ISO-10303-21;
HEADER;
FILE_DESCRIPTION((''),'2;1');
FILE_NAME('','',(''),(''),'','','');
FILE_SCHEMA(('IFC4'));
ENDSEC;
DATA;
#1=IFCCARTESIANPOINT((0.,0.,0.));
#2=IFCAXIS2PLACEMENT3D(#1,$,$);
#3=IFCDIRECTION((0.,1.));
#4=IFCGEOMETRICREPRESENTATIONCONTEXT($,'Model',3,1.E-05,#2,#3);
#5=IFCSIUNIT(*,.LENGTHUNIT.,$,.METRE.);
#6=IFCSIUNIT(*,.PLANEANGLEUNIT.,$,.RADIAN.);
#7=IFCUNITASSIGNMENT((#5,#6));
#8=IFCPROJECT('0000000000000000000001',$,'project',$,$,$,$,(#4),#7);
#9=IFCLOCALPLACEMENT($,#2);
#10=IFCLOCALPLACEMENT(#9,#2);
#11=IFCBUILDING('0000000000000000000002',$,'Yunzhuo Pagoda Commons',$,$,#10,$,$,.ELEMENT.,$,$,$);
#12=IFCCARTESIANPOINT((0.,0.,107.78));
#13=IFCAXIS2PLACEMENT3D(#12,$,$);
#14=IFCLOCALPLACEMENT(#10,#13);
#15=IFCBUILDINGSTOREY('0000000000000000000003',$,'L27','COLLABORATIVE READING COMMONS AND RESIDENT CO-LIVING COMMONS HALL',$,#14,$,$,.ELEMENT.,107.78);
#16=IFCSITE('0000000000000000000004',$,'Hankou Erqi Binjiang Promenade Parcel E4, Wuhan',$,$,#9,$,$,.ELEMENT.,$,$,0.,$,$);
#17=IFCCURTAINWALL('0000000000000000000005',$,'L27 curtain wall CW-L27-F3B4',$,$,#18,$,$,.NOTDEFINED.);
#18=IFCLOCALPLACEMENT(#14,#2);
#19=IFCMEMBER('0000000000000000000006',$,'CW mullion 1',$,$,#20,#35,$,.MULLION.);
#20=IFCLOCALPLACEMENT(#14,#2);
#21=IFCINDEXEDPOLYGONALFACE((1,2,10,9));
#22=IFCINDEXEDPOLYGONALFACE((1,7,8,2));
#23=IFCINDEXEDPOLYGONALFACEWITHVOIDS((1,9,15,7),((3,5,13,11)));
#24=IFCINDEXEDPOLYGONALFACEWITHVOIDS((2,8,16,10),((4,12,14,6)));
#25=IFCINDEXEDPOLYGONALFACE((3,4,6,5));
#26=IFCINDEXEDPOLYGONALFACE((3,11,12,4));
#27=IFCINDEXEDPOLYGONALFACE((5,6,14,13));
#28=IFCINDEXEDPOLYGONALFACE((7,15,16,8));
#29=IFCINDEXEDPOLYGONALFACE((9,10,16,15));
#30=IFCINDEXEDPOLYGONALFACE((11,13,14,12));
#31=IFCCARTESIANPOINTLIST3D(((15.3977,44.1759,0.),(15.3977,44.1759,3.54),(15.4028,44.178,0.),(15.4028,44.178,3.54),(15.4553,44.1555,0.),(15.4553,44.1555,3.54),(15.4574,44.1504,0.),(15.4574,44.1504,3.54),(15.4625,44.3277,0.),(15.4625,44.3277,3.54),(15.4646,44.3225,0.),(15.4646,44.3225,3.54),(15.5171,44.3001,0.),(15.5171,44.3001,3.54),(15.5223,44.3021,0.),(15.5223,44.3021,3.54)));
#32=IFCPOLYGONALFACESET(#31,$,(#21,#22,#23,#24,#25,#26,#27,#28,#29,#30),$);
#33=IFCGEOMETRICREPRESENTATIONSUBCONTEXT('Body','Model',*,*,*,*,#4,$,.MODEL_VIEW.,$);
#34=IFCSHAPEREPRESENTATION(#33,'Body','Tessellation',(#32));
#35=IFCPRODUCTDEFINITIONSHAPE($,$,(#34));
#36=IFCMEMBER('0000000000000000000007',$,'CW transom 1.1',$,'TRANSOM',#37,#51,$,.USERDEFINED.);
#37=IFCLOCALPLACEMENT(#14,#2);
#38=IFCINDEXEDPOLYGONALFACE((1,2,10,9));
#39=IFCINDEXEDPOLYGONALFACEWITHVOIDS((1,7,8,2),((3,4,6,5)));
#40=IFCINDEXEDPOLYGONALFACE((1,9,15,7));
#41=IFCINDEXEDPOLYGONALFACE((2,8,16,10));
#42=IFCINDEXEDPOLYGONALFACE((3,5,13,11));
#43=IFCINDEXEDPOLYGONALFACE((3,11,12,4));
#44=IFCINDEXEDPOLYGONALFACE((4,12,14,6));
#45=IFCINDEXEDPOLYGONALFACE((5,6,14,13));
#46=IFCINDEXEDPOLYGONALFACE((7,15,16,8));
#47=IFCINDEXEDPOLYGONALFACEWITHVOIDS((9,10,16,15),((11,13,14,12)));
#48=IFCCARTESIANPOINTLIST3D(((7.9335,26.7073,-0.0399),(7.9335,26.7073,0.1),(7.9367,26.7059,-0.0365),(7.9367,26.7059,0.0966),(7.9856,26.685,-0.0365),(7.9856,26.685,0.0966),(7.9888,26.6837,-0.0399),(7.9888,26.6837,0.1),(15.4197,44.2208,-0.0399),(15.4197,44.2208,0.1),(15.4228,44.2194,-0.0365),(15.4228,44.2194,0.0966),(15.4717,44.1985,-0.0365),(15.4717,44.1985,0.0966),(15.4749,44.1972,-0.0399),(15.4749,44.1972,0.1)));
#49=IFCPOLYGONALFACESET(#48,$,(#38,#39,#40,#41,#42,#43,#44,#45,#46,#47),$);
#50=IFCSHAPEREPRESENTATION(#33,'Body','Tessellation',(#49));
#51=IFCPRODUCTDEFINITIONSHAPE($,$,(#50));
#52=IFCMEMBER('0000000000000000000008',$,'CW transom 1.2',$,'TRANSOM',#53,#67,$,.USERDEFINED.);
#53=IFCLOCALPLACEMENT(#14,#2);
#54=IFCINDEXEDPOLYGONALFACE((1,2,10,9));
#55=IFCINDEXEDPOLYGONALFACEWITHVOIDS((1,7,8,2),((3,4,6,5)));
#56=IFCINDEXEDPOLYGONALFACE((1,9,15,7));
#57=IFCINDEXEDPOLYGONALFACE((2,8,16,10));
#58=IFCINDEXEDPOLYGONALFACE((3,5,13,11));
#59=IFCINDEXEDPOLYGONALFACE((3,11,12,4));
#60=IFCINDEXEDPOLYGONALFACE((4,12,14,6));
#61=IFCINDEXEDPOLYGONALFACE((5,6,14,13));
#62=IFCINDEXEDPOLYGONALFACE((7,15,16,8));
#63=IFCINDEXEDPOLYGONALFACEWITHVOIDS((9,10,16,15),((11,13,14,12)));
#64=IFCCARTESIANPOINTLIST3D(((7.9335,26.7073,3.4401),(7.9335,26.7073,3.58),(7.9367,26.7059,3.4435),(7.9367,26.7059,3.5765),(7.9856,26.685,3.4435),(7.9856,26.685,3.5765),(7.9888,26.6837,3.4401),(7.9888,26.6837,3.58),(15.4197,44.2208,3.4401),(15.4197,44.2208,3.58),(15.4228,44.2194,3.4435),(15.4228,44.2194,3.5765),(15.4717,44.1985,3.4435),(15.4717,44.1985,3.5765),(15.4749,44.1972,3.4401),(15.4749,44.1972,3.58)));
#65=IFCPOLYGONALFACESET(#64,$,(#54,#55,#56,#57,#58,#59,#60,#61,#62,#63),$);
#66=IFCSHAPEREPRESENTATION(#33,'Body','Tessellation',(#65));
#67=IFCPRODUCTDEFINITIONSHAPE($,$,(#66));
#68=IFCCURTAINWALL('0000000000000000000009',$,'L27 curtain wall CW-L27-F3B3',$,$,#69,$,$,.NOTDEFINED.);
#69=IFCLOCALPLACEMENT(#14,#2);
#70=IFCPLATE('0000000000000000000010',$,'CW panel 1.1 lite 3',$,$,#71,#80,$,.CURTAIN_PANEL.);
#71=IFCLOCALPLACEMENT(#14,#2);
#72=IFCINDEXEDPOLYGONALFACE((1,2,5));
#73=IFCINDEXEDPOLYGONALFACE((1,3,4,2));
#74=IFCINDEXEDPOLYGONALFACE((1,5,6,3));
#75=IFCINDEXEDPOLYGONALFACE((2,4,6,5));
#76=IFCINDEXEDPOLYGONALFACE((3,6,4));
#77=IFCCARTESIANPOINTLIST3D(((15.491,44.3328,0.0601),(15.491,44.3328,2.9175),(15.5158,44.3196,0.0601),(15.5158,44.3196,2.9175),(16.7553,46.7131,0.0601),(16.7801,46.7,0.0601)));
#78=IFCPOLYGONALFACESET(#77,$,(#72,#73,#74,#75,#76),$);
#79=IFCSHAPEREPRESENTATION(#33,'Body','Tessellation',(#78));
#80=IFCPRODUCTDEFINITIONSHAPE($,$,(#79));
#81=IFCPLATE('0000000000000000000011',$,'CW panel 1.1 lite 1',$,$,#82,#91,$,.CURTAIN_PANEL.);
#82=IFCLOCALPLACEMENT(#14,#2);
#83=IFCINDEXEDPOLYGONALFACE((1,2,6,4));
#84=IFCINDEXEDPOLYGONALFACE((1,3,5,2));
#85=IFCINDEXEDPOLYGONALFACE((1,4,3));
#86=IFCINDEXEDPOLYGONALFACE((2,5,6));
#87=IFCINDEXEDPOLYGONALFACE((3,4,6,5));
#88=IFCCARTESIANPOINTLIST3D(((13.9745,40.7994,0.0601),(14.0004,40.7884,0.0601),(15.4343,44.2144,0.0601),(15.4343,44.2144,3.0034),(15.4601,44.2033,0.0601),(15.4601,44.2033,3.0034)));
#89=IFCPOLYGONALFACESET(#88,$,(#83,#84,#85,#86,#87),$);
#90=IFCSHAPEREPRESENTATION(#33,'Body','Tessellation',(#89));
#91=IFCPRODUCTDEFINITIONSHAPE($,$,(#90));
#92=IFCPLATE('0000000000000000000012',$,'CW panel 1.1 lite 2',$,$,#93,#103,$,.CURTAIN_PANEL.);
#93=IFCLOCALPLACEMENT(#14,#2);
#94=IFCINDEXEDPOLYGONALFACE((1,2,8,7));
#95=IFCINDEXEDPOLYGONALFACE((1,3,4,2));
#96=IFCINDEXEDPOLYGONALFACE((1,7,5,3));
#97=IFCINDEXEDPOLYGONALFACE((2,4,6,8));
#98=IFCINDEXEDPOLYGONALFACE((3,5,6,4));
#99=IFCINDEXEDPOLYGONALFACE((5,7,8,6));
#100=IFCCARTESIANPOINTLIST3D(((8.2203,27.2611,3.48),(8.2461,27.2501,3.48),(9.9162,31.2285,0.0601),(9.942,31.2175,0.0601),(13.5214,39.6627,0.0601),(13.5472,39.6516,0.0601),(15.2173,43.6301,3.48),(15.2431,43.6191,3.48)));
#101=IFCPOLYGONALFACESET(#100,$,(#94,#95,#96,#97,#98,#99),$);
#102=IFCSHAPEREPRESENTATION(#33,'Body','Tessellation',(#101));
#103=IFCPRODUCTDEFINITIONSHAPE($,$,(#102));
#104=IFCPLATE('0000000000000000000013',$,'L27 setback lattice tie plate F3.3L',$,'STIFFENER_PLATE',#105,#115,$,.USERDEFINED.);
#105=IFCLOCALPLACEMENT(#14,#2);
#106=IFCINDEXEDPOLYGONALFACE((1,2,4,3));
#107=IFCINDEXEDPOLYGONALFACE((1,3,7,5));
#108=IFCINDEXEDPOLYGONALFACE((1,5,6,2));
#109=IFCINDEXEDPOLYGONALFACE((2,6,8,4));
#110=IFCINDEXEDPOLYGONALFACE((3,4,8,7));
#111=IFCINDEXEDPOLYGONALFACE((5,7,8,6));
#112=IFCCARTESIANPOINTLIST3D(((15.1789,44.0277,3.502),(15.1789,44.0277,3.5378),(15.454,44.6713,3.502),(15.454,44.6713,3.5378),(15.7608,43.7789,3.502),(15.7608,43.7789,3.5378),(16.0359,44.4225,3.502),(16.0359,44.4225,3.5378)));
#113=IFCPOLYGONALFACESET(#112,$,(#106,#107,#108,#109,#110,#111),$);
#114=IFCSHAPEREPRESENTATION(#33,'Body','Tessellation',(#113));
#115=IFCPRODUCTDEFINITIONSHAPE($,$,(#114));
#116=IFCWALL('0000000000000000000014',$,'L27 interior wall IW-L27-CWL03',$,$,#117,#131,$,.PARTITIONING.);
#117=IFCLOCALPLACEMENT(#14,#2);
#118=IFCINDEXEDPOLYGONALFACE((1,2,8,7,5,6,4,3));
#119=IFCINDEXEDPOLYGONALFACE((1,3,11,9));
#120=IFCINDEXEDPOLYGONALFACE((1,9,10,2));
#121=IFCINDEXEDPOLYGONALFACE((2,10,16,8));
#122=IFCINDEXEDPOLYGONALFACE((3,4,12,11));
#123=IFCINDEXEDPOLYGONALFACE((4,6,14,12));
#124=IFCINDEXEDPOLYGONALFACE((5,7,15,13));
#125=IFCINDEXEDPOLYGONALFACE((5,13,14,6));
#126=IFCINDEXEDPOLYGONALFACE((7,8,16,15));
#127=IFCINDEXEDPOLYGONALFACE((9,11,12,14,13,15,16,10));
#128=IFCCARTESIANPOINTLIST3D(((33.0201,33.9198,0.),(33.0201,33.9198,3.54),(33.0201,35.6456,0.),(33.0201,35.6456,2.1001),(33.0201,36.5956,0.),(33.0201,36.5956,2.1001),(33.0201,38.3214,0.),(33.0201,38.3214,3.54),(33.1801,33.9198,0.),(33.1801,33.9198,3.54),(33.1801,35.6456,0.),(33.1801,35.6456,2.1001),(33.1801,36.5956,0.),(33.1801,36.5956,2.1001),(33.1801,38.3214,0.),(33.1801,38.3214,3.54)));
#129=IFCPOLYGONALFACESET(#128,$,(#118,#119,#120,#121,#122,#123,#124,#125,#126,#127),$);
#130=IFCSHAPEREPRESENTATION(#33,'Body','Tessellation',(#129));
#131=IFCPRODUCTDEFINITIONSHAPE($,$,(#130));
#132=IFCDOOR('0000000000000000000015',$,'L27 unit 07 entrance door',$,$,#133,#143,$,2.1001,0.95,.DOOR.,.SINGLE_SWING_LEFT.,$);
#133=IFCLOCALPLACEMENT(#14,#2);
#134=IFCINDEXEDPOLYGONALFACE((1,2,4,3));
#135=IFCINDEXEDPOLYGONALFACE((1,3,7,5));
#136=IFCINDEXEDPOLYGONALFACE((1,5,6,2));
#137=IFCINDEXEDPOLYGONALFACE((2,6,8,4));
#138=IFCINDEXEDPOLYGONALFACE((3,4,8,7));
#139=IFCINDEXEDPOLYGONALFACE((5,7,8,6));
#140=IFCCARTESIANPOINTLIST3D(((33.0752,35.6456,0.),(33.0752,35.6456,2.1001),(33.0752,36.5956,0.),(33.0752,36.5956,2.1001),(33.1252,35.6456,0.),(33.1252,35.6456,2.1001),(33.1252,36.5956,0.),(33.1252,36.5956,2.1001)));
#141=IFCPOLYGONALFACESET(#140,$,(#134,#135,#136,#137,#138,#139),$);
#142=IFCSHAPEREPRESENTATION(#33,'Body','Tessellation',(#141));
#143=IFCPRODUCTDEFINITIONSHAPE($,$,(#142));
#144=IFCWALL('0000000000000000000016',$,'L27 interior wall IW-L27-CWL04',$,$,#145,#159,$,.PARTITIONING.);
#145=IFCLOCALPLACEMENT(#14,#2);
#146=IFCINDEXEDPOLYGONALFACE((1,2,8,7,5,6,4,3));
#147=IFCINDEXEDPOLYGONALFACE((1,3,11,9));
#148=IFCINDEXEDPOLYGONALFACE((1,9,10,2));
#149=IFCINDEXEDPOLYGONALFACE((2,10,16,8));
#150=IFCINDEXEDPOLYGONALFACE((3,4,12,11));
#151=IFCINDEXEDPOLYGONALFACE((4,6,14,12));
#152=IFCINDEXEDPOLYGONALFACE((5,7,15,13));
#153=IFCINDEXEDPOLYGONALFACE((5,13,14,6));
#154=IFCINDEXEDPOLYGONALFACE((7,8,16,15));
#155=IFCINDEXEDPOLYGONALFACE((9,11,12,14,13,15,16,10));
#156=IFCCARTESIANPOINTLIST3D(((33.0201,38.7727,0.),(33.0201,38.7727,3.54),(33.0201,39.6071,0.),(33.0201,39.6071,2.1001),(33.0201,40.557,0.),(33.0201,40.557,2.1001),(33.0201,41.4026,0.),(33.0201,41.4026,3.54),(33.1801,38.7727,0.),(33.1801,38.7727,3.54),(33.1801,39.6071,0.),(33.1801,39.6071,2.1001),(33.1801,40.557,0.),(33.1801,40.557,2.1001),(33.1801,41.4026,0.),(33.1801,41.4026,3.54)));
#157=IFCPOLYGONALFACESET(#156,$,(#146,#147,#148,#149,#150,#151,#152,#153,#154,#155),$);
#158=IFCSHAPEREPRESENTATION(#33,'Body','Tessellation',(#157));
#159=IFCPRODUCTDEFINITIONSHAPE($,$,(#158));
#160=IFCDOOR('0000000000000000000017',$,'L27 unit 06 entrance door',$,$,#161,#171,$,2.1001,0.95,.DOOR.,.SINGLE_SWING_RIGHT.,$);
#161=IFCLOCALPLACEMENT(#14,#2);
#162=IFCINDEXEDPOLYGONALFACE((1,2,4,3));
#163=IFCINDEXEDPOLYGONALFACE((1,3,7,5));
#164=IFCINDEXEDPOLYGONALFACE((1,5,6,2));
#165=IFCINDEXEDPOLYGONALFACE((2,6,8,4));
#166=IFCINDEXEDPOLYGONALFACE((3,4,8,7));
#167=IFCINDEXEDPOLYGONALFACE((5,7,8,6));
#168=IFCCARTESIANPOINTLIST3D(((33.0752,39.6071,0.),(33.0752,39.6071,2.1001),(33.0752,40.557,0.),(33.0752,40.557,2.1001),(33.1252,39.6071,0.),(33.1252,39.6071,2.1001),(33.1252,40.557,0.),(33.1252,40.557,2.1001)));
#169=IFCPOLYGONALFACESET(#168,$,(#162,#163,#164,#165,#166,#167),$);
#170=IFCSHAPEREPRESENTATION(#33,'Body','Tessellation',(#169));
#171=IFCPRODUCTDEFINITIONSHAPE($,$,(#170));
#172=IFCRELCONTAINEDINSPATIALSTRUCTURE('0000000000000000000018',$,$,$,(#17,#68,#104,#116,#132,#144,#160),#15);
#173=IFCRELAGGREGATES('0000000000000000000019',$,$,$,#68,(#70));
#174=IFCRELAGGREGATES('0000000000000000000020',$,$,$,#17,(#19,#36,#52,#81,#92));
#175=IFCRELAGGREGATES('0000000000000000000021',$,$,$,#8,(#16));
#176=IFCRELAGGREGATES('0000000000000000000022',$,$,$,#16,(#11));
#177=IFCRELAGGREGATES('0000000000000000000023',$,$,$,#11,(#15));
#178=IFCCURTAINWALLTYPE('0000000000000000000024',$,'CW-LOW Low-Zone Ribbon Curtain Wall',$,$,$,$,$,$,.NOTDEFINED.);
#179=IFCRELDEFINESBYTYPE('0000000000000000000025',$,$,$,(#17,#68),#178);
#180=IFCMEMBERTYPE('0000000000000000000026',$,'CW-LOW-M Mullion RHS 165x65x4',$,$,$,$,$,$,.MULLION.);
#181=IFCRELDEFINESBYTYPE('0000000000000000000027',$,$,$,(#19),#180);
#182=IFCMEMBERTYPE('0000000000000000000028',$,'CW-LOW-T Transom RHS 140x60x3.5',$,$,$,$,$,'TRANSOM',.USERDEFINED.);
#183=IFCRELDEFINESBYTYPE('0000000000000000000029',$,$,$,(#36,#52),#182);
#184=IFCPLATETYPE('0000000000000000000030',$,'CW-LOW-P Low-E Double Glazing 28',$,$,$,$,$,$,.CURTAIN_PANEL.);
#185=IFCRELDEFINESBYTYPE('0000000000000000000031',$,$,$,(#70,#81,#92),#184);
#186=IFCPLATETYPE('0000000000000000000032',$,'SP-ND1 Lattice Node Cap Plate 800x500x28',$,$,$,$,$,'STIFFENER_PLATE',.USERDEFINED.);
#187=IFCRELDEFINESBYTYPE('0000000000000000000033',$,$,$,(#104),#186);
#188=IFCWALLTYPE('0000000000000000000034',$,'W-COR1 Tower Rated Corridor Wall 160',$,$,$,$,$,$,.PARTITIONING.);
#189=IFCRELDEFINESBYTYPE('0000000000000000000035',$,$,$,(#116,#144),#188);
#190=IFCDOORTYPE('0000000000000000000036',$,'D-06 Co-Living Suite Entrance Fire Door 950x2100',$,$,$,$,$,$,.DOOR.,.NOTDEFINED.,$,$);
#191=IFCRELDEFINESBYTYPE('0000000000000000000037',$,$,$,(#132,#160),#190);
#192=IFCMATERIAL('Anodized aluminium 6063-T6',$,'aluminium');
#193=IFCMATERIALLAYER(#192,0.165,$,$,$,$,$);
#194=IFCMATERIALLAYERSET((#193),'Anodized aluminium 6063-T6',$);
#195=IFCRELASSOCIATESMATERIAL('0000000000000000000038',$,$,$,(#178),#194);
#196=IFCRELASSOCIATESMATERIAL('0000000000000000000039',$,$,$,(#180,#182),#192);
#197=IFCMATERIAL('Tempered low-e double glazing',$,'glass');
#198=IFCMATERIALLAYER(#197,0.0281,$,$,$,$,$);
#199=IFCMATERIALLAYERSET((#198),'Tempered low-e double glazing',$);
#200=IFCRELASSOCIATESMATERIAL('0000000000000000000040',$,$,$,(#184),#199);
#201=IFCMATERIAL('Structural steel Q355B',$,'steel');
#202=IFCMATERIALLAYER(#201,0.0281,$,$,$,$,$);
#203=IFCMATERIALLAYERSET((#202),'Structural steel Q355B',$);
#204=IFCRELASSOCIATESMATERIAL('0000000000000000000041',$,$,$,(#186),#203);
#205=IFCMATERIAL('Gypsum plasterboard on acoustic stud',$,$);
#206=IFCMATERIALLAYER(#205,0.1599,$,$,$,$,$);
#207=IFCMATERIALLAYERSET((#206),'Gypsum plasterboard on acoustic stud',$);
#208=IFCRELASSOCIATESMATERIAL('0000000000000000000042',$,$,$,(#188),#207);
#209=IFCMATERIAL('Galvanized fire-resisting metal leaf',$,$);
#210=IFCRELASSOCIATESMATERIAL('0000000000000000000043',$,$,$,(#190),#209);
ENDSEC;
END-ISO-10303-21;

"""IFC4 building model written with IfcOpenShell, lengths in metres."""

from ifc_helpers import new_model, si_unit, direction, frame, frame_2d, origin, origin_with_axes, origin_2d, place, context, subcontext, project, spatial, polyline, rectangle, hollow_rectangle, outline, extrude, source, transform, mapped, material, layer, layer_set, material_profile, profile_set, type_object, element, fill, aggregate, save


model = new_model("IFC4")

# Units and contexts
model_context = context("Model", 3, precision=1e-05, world=origin(), true_north=direction((0.0, 1.0)))
body_context = subcontext(model_context, "Body", "Model", "MODEL_VIEW")
ifc_project = project(units=[si_unit("LENGTHUNIT", "METRE"), si_unit("PLANEANGLEUNIT", "RADIAN")], contexts=[model_context])

# Site, building, storey
site_placement = place(None, origin())
site = spatial("IfcSite", under=ifc_project, at=site_placement, Name="Hankou Erqi Binjiang Promenade Parcel E4, Wuhan", CompositionType="ELEMENT", RefElevation=0.0)
building_placement = place(site_placement, origin())
building = spatial("IfcBuilding", under=site, at=building_placement, Name="Yunzhuo Pagoda Commons", CompositionType="ELEMENT")
storey_placement = place(building_placement, frame((0.0, 0.0, 107.78)))
storey = spatial("IfcBuildingStorey", under=building, at=storey_placement, Name="L27", Description="COLLABORATIVE READING COMMONS AND RESIDENT CO-LIVING COMMONS HALL", CompositionType="ELEMENT", Elevation=107.78)

# Shared definitions
ifc_material_1 = material(Name="Structural steel Q355B", Category="steel")

# Curtain wall, members
ifc_material_2 = material(Name="Anodized aluminium 6063-T6", Category="aluminium")
ifc_layer_1 = layer(ifc_material_2, 0.165)
ifc_layer_set_1 = layer_set([ifc_layer_1], Name="Anodized aluminium 6063-T6")
curtain_wall_type = type_object("IfcCurtainWallType", Name="CW-LOW Low-Zone Ribbon Curtain Wall", PredefinedType="NOTDEFINED", material=ifc_layer_set_1)
curtain_wall_1_placement = place(storey_placement, origin())
curtain_wall_1 = element("IfcCurtainWall", 1, at=curtain_wall_1_placement, inside=storey, type_object=curtain_wall_type, Name="L27 curtain wall CW-L27-F3B4", PredefinedType="NOTDEFINED")
ifc_material_profile_1 = material_profile(ifc_material_2, hollow_rectangle(XDim=0.0649, YDim=0.165, WallThickness=0.0039, at=origin_2d()), Name="Anodized aluminium 6063-T6")
ifc_profile_set_1 = profile_set([ifc_material_profile_1], Name="Anodized aluminium 6063-T6")
member_type_1 = type_object("IfcMemberType", Name="CW-LOW-M Mullion RHS 165x65x4", PredefinedType="MULLION", material=ifc_profile_set_1)
shared_shape_1 = source(origin(), body_context, "Body", "SweptSolid", [
    extrude(hollow_rectangle(XDim=0.0649, YDim=0.165, WallThickness=0.0039, at=origin_2d()), origin(), (0.0, 0.0, 1.0), 3.54),
])
member_1_placement = place(storey_placement, frame((15.46, 44.239, 0.0), z_axis=(0.0, 0.0, 1.0), x_axis=(0.919516, -0.393052, 0.0)))
member_1 = element("IfcMember", 2, at=member_1_placement, type_object=member_type_1, Name="CW mullion 1", PredefinedType="MULLION", context=body_context, shape_type="MappedRepresentation", body=[
    mapped(shared_shape_1, transform((0.0, 0.0, 0.0), scale=1.0)),
])
ifc_material_profile_2 = material_profile(ifc_material_2, hollow_rectangle(XDim=0.0601, YDim=0.1399, WallThickness=0.0034, at=origin_2d()), Name="Anodized aluminium 6063-T6")
ifc_profile_set_2 = profile_set([ifc_material_profile_2], Name="Anodized aluminium 6063-T6")
member_type_2 = type_object("IfcMemberType", Name="CW-LOW-T Transom RHS 140x60x3.5", ElementType="TRANSOM", PredefinedType="USERDEFINED", material=ifc_profile_set_2)
shared_shape_2 = source(origin(), body_context, "Body", "SweptSolid", [
    extrude(hollow_rectangle(XDim=0.0601, YDim=0.1399, WallThickness=0.0034, at=origin_2d()), origin(), (0.0, 0.0, 1.0), 19.0464),
])
member_2_placement = place(storey_placement, frame((15.4473, 44.209, 0.03), z_axis=(-0.393047, -0.919519, 0.0), x_axis=(0.919519, -0.393047, 0.0)))
member_2 = element("IfcMember", 3, at=member_2_placement, type_object=member_type_2, Name="CW transom 1.1", ObjectType="TRANSOM", PredefinedType="USERDEFINED", context=body_context, shape_type="MappedRepresentation", body=[
    mapped(shared_shape_2, transform((0.0, 0.0, 0.0), scale=1.0)),
])
member_3_placement = place(storey_placement, frame((15.4473, 44.209, 3.51), z_axis=(-0.393047, -0.919519, 0.0), x_axis=(0.919519, -0.393047, 0.0)))
member_3 = element("IfcMember", 4, at=member_3_placement, type_object=member_type_2, Name="CW transom 1.2", ObjectType="TRANSOM", PredefinedType="USERDEFINED", context=body_context, shape_type="MappedRepresentation", body=[
    mapped(shared_shape_2, transform((0.0, 0.0, 0.0), scale=1.0)),
])

# Curtain wall, plate
curtain_wall_2_placement = place(storey_placement, origin())
curtain_wall_2 = element("IfcCurtainWall", 5, at=curtain_wall_2_placement, inside=storey, type_object=curtain_wall_type, Name="L27 curtain wall CW-L27-F3B3", PredefinedType="NOTDEFINED")
ifc_material_3 = material(Name="Tempered low-e double glazing", Category="glass")
ifc_layer_2 = layer(ifc_material_3, 0.0281)
ifc_layer_set_2 = layer_set([ifc_layer_2], Name="Tempered low-e double glazing")
plate_type_1 = type_object("IfcPlateType", Name="CW-LOW-P Low-E Double Glazing 28", PredefinedType="CURTAIN_PANEL", material=ifc_layer_set_2)
plate_1_placement = place(storey_placement, frame((16.1479, 45.5098, 1.4888), z_axis=(-0.883152, 0.469086, 0.0), x_axis=(-0.469086, -0.883152, 0.0)))
plate_1 = element("IfcPlate", 6, at=plate_1_placement, type_object=plate_type_1, Name="CW panel 1.1 lite 3", PredefinedType="CURTAIN_PANEL", context=body_context, shape_type="SweptSolid", body=[
    extrude(outline(polyline([(-1.3477, -1.4287), (1.3477, -1.4287), (1.3477, 1.4287), (-1.3477, -1.4287)])), origin(), (0.0, 0.0, 1.0), 0.0281),
])
aggregate(curtain_wall_2, [plate_1])

# Plates
plate_2_placement = place(storey_placement, frame((14.7302, 42.4958, 1.5317), z_axis=(-0.919516, 0.393052, 0.0), x_axis=(-0.393052, -0.919516, 0.0)))
plate_2 = element("IfcPlate", 7, at=plate_2_placement, type_object=plate_type_1, Name="CW panel 1.1 lite 1", PredefinedType="CURTAIN_PANEL", context=body_context, shape_type="SweptSolid", body=[
    extrude(outline(polyline([(-1.8569, -1.4717), (1.8569, -1.4717), (-1.8569, 1.4717), (-1.8569, -1.4717)])), origin(), (0.0, 0.0, 1.0), 0.0281),
])
plate_3_placement = place(storey_placement, frame((11.7446, 35.4346, 1.77), z_axis=(-0.919516, 0.393052, 0.0), x_axis=(-0.393052, -0.919516, 0.0)))
plate_3 = element("IfcPlate", 8, at=plate_3_placement, type_object=plate_type_1, Name="CW panel 1.1 lite 2", PredefinedType="CURTAIN_PANEL", context=body_context, shape_type="SweptSolid", body=[
    extrude(outline(polyline([(-8.9009, 1.71), (-4.5862, -1.71), (4.5862, -1.71), (8.9009, 1.71), (-8.9009, 1.71)])), origin(), (0.0, 0.0, 1.0), 0.0281),
])
aggregate(curtain_wall_1, [member_1, member_2, member_3, plate_2, plate_3])
ifc_layer_3 = layer(ifc_material_1, 0.0281)
ifc_layer_set_3 = layer_set([ifc_layer_3], Name="Structural steel Q355B")
plate_type_2 = type_object("IfcPlateType", Name="SP-ND1 Lattice Node Cap Plate 800x500x28", ElementType="STIFFENER_PLATE", PredefinedType="USERDEFINED", material=ifc_layer_set_3)
shared_shape_3 = source(origin(), body_context, "Body", "SweptSolid", [
    extrude(rectangle(XDim=0.7, YDim=0.6328, at=origin_2d()), origin(), (0.0, 0.0, 1.0), 0.0359),
])
plate_4_placement = place(storey_placement, frame((15.6074, 44.2251, 3.502), z_axis=(0.0, 0.0, 1.0), x_axis=(-0.393059, -0.919513, 0.0)))
element("IfcPlate", 9, at=plate_4_placement, inside=storey, type_object=plate_type_2, Name="L27 setback lattice tie plate F3.3L", ObjectType="STIFFENER_PLATE", PredefinedType="USERDEFINED", context=body_context, shape_type="MappedRepresentation", body=[
    mapped(shared_shape_3, transform((0.0, 0.0, 0.0), scale=1.0)),
])

# Walls, openings, doors
ifc_material_4 = material(Name="Gypsum plasterboard on acoustic stud")
ifc_layer_4 = layer(ifc_material_4, 0.1599)
ifc_layer_set_4 = layer_set([ifc_layer_4], Name="Gypsum plasterboard on acoustic stud")
wall_type_1 = type_object("IfcWallType", Name="W-COR1 Tower Rated Corridor Wall 160", PredefinedType="PARTITIONING", material=ifc_layer_set_4)
wall_1_placement = place(storey_placement, frame((33.1001, 33.9199, 0.0), z_axis=(0.0, 0.0, 1.0), x_axis=(0.0, 1.0, 0.0)))
wall_1 = element("IfcWall", 10, at=wall_1_placement, inside=storey, type_object=wall_type_1, Name="L27 interior wall IW-L27-CWL03", PredefinedType="PARTITIONING", context=body_context, shape_type="SweptSolid", body=[
    extrude(rectangle(XDim=4.4016, YDim=0.1599, at=frame_2d((2.2007, 0.0))), origin(), (0.0, 0.0, 1.0), 3.54),
])
opening_1_placement = place(wall_1_placement, frame((1.7256, 0.0, 0.0)))
opening_1 = element("IfcOpeningElement", 11, at=opening_1_placement, cuts=wall_1, PredefinedType="OPENING", context=body_context, shape_type="SweptSolid", body=[
    extrude(rectangle(XDim=0.95, YDim=2.1001, at=frame_2d((0.4751, 1.05))), frame((0.0, 0.0898, 0.0), z_axis=(0.0, -1.0, 0.0), x_axis=(1.0, 0.0, 0.0)), (0.0, 0.0, 1.0), 0.1799),
])
ifc_material_5 = material(Name="Galvanized fire-resisting metal leaf")
door_type = type_object("IfcDoorType", Name="D-06 Co-Living Suite Entrance Fire Door 950x2100", OperationType="NOTDEFINED", PredefinedType="DOOR", material=ifc_material_5)
shared_shape_4 = source(origin(), body_context, "Body", "SweptSolid", [
    extrude(rectangle(XDim=0.95, YDim=2.1001, at=frame_2d((0.4751, 1.05))), frame((0.0, 0.0249, 0.0), z_axis=(0.0, -1.0, 0.0), x_axis=(1.0, 0.0, 0.0)), (0.0, 0.0, 1.0), 0.05),
])
door_1_placement = place(opening_1_placement, origin_with_axes())
door_1 = element("IfcDoor", 12, at=door_1_placement, inside=storey, type_object=door_type, Name="L27 unit 07 entrance door", OperationType="SINGLE_SWING_LEFT", OverallHeight=2.1001, OverallWidth=0.95, PredefinedType="DOOR", context=body_context, shape_type="MappedRepresentation", body=[
    mapped(shared_shape_4, transform((0.0, 0.0, 0.0), scale=1.0)),
])
fill(opening_1, door_1)
wall_2_placement = place(storey_placement, frame((33.1001, 38.7727, 0.0), z_axis=(0.0, 0.0, 1.0), x_axis=(0.0, 1.0, 0.0)))
wall_2 = element("IfcWall", 13, at=wall_2_placement, inside=storey, type_object=wall_type_1, Name="L27 interior wall IW-L27-CWL04", PredefinedType="PARTITIONING", context=body_context, shape_type="SweptSolid", body=[
    extrude(rectangle(XDim=2.6299, YDim=0.1599, at=frame_2d((1.3149, 0.0))), origin(), (0.0, 0.0, 1.0), 3.54),
])
opening_2_placement = place(wall_2_placement, frame((0.8342, 0.0, 0.0)))
opening_2 = element("IfcOpeningElement", 14, at=opening_2_placement, cuts=wall_2, PredefinedType="OPENING", context=body_context, shape_type="SweptSolid", body=[
    extrude(rectangle(XDim=0.95, YDim=2.1001, at=frame_2d((0.4751, 1.05))), frame((0.0, 0.0898, 0.0), z_axis=(0.0, -1.0, 0.0), x_axis=(1.0, 0.0, 0.0)), (0.0, 0.0, 1.0), 0.1799),
])
door_2_placement = place(opening_2_placement, origin_with_axes())
door_2 = element("IfcDoor", 15, at=door_2_placement, inside=storey, type_object=door_type, Name="L27 unit 06 entrance door", OperationType="SINGLE_SWING_RIGHT", OverallHeight=2.1001, OverallWidth=0.95, PredefinedType="DOOR", context=body_context, shape_type="MappedRepresentation", body=[
    mapped(shared_shape_4, transform((0.0, 0.0, 0.0), scale=1.0)),
])
fill(opening_2, door_2)

save(model, "model.ifc")
